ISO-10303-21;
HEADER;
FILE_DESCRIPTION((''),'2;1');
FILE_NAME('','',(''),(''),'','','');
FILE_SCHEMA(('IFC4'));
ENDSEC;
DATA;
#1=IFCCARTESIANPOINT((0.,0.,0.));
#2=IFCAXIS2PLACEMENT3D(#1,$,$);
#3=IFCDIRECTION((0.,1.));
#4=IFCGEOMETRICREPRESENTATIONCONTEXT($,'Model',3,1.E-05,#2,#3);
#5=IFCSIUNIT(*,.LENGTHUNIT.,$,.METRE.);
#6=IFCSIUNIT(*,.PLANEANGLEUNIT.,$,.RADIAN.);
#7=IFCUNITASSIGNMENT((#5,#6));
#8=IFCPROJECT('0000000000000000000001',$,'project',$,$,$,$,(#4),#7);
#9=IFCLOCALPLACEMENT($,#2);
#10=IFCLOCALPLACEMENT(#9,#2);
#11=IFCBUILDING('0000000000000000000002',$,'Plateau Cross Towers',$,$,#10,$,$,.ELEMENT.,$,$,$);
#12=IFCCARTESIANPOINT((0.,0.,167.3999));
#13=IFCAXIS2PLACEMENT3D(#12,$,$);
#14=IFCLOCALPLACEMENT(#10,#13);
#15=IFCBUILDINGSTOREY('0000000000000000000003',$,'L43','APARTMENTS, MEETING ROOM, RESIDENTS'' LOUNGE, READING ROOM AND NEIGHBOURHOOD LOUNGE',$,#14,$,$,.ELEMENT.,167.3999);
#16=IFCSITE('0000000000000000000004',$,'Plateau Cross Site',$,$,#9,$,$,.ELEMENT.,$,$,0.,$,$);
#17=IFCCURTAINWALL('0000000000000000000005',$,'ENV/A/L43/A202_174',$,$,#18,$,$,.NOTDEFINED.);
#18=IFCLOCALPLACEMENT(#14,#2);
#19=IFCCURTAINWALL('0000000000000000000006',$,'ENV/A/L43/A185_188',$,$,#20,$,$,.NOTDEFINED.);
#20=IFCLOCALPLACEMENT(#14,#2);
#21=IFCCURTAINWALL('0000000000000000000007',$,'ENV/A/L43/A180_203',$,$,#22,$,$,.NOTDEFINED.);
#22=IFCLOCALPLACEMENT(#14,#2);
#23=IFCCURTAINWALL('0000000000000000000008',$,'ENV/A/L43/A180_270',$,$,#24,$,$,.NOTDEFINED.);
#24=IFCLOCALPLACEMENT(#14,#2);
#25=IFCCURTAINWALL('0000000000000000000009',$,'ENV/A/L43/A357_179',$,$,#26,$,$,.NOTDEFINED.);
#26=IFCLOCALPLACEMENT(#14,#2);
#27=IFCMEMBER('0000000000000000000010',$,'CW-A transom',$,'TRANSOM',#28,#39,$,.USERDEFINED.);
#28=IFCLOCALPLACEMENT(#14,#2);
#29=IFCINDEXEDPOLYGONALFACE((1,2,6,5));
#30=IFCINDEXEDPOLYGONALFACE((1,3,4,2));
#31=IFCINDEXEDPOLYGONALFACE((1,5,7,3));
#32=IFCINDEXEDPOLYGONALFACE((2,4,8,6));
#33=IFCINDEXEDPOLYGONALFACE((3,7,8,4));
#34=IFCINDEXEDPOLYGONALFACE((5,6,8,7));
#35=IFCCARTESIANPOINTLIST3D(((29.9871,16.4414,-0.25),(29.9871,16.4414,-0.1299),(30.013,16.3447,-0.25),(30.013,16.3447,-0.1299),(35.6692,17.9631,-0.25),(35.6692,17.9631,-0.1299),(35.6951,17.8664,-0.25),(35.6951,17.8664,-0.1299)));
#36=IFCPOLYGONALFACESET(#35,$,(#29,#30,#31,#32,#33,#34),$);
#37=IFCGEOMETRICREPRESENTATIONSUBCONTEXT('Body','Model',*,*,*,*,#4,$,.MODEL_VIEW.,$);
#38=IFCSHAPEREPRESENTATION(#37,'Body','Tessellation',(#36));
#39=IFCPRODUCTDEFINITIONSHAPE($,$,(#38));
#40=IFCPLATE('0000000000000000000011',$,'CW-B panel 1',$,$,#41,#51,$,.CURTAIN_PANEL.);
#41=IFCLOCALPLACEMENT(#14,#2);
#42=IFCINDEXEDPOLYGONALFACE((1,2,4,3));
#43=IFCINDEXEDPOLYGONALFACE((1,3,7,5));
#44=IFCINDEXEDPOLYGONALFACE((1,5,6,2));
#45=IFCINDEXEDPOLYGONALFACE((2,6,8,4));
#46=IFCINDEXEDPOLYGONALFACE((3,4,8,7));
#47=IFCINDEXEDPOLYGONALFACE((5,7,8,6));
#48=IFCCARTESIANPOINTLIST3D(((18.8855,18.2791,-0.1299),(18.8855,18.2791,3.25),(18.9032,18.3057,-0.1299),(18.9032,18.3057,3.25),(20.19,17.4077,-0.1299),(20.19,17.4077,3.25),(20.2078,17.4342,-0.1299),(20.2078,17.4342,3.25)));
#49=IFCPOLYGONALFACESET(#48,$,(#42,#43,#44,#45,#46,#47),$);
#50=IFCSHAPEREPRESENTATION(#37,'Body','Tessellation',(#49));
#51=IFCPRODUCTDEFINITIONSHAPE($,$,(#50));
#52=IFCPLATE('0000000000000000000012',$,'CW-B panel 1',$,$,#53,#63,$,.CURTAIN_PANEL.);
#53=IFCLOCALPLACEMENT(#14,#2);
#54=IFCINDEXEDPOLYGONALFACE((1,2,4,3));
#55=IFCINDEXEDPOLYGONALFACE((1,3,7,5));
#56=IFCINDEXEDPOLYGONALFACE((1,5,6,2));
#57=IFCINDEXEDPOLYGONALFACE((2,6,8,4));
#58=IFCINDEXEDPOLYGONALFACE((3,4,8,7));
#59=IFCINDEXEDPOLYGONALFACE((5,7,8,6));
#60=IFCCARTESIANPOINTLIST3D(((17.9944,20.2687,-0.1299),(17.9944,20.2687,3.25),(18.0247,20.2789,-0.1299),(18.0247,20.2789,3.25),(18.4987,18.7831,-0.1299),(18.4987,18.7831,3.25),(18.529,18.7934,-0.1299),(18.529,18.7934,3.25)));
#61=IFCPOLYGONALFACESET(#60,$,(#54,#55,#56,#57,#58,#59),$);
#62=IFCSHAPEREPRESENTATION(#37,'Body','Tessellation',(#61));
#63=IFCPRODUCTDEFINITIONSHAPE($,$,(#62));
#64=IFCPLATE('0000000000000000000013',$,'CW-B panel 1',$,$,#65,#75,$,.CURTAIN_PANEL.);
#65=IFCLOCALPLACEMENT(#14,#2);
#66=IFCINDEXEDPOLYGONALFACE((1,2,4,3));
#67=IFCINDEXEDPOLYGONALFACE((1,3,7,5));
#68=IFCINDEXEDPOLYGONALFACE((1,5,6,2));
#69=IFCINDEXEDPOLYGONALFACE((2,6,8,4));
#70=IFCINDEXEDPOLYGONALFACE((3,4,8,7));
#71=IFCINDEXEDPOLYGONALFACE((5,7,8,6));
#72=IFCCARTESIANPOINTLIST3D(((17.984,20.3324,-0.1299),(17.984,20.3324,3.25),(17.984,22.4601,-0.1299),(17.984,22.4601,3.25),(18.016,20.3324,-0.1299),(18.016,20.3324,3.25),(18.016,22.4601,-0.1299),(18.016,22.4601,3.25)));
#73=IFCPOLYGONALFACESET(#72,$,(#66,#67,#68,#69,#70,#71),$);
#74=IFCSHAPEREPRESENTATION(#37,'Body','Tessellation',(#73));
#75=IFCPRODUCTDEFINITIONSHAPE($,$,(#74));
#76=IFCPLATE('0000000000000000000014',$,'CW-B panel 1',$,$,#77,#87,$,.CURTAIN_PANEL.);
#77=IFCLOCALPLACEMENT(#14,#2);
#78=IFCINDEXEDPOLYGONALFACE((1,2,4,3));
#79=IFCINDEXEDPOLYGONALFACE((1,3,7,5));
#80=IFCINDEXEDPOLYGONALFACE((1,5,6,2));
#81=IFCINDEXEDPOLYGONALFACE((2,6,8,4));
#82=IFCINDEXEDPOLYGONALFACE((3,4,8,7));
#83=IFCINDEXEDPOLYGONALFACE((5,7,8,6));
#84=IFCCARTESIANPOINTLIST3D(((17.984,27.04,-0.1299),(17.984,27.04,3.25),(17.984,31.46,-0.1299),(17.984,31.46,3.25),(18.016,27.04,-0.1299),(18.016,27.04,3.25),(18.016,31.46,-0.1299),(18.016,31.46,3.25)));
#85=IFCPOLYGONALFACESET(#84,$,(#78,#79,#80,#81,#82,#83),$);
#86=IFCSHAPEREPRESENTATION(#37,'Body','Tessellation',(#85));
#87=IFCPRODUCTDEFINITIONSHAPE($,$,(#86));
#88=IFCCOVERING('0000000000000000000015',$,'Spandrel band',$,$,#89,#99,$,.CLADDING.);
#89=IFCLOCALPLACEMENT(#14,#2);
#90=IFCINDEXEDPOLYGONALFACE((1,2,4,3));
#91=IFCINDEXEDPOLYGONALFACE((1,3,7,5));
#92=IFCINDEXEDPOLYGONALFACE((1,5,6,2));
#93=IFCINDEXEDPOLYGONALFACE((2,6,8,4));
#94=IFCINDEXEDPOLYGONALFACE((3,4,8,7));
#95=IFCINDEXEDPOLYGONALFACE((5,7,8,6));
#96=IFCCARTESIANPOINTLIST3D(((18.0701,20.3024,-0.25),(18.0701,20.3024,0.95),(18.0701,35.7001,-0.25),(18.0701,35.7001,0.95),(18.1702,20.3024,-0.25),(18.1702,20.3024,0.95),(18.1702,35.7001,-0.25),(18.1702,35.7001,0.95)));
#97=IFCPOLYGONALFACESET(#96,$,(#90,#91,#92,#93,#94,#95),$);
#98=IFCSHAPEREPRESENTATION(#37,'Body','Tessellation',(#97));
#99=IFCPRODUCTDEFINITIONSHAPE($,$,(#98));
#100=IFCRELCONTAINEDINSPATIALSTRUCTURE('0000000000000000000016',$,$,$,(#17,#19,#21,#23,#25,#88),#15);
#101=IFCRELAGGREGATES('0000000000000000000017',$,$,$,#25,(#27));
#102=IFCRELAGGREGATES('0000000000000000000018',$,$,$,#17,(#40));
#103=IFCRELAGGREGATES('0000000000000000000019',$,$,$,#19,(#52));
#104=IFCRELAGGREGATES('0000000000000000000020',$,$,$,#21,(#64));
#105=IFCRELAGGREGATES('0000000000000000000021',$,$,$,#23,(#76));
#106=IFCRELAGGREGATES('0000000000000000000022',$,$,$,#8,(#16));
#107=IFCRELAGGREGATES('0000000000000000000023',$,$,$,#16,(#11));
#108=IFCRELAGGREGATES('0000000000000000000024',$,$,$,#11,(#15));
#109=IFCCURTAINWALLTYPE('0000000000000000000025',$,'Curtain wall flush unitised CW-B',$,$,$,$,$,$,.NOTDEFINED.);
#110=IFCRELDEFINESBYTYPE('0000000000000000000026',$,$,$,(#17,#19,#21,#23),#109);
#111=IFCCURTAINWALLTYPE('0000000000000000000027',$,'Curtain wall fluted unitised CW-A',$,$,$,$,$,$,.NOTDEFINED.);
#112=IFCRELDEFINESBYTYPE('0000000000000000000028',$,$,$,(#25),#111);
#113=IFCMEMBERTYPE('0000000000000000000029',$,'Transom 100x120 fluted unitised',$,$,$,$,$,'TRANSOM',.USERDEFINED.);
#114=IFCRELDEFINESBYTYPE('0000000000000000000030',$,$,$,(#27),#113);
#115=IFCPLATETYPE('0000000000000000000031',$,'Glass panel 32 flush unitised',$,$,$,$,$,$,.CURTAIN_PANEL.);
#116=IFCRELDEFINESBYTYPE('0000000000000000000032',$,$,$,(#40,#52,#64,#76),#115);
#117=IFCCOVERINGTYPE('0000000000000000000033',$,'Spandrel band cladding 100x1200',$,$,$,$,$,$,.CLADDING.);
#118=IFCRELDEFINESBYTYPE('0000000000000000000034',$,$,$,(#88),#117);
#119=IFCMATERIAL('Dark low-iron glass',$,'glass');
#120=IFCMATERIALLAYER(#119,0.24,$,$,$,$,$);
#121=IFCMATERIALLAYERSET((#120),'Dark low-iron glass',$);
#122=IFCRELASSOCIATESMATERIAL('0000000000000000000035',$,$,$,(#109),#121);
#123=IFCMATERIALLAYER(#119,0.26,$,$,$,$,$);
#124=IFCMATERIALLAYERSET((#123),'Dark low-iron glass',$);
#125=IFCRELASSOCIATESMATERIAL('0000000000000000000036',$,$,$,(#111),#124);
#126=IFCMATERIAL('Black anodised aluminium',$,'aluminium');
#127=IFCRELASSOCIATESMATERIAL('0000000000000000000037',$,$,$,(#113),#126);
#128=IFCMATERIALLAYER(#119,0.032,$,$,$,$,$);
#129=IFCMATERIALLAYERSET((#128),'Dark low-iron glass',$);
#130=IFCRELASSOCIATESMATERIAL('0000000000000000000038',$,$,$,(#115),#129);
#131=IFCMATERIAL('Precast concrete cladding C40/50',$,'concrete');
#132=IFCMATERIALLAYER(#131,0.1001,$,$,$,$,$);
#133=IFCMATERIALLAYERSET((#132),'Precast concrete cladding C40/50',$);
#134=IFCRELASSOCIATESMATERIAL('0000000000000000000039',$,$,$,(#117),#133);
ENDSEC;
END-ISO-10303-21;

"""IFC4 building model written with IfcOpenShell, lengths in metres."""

from ifc_helpers import new_model, si_unit, direction, frame, origin, origin_2d, place, context, subcontext, project, spatial, rectangle, extrude, material, layer, layer_set, material_profile, profile_set, type_object, element, aggregate, save


model = new_model("IFC4")

# Units and contexts
model_context = context("Model", 3, precision=1e-05, world=origin(), true_north=direction((0.0, 1.0)))
body_context = subcontext(model_context, "Body", "Model", "MODEL_VIEW")
ifc_project = project(units=[si_unit("LENGTHUNIT", "METRE"), si_unit("PLANEANGLEUNIT", "RADIAN")], contexts=[model_context])

# Site, building, storey
site_placement = place(None, origin())
site = spatial("IfcSite", under=ifc_project, at=site_placement, Name="Plateau Cross Site", CompositionType="ELEMENT", RefElevation=0.0)
building_placement = place(site_placement, origin())
building = spatial("IfcBuilding", under=site, at=building_placement, Name="Plateau Cross Towers", CompositionType="ELEMENT")
storey_placement = place(building_placement, frame((0.0, 0.0, 167.3999)))
storey = spatial("IfcBuildingStorey", under=building, at=storey_placement, Name="L43", Description="APARTMENTS, MEETING ROOM, RESIDENTS' LOUNGE, READING ROOM AND NEIGHBOURHOOD LOUNGE", CompositionType="ELEMENT", Elevation=167.3999)

# Curtain wall
ifc_material_1 = material(Name="Dark low-iron glass", Category="glass")
ifc_layer_1 = layer(ifc_material_1, 0.24)
ifc_layer_set_1 = layer_set([ifc_layer_1], Name="Dark low-iron glass")
curtain_wall_type_1 = type_object("IfcCurtainWallType", Name="Curtain wall flush unitised CW-B", PredefinedType="NOTDEFINED", material=ifc_layer_set_1)
curtain_wall_1_placement = place(storey_placement, origin())
curtain_wall_1 = element("IfcCurtainWall", 1, at=curtain_wall_1_placement, inside=storey, type_object=curtain_wall_type_1, Name="ENV/A/L43/A202_174", PredefinedType="NOTDEFINED")
ifc_material_2 = material(Name="Black anodised aluminium", Category="aluminium")

# Curtain wall
curtain_wall_2_placement = place(storey_placement, origin())
curtain_wall_2 = element("IfcCurtainWall", 2, at=curtain_wall_2_placement, inside=storey, type_object=curtain_wall_type_1, Name="ENV/A/L43/A185_188", PredefinedType="NOTDEFINED")

# Curtain walls
curtain_wall_3_placement = place(storey_placement, origin())
curtain_wall_3 = element("IfcCurtainWall", 3, at=curtain_wall_3_placement, inside=storey, type_object=curtain_wall_type_1, Name="ENV/A/L43/A180_203", PredefinedType="NOTDEFINED")
curtain_wall_4_placement = place(storey_placement, origin())
curtain_wall_4 = element("IfcCurtainWall", 4, at=curtain_wall_4_placement, inside=storey, type_object=curtain_wall_type_1, Name="ENV/A/L43/A180_270", PredefinedType="NOTDEFINED")

# Curtain wall
ifc_layer_2 = layer(ifc_material_1, 0.26)
ifc_layer_set_2 = layer_set([ifc_layer_2], Name="Dark low-iron glass")
curtain_wall_type_2 = type_object("IfcCurtainWallType", Name="Curtain wall fluted unitised CW-A", PredefinedType="NOTDEFINED", material=ifc_layer_set_2)
curtain_wall_5_placement = place(storey_placement, origin())
curtain_wall_5 = element("IfcCurtainWall", 5, at=curtain_wall_5_placement, inside=storey, type_object=curtain_wall_type_2, Name="ENV/A/L43/A357_179", PredefinedType="NOTDEFINED")

# Member
ifc_material_profile_1 = material_profile(ifc_material_2, rectangle(XDim=0.1001, YDim=0.1201, at=origin_2d()), Name="TRANSOM 100x120")
ifc_profile_set_1 = profile_set([ifc_material_profile_1], Name="Black anodised aluminium")
member_type_1 = type_object("IfcMemberType", Name="Transom 100x120 fluted unitised", ElementType="TRANSOM", PredefinedType="USERDEFINED", material=ifc_profile_set_1)
member_1_placement = place(storey_placement, frame((35.6821, 17.9148, -0.1899), z_axis=(-0.96596, -0.258693, 0.0), x_axis=(0.258693, -0.96596, 0.0)))
member_1 = element("IfcMember", 6, at=member_1_placement, type_object=member_type_1, Name="CW-A transom", ObjectType="TRANSOM", PredefinedType="USERDEFINED", context=body_context, shape_type="SweptSolid", body=[
    extrude(rectangle(XDim=0.1001, YDim=0.1201, at=origin_2d()), origin(), (0.0, 0.0, 1.0), 5.8823),
])
aggregate(curtain_wall_5, [member_1])

# Plates
ifc_layer_3 = layer(ifc_material_1, 0.032)
ifc_layer_set_3 = layer_set([ifc_layer_3], Name="Dark low-iron glass")
plate_type = type_object("IfcPlateType", Name="Glass panel 32 flush unitised", PredefinedType="CURTAIN_PANEL", material=ifc_layer_set_3)
plate_1_placement = place(storey_placement, frame((19.5466, 17.8567, -0.1299), z_axis=(0.0, 0.0, 1.0), x_axis=(-0.831521, 0.555493, 0.0)))
plate_1 = element("IfcPlate", 7, at=plate_1_placement, type_object=plate_type, Name="CW-B panel 1", PredefinedType="CURTAIN_PANEL", context=body_context, shape_type="SweptSolid", body=[
    extrude(rectangle(XDim=1.5688, YDim=0.032, at=origin_2d()), origin(), (0.0, 0.0, 1.0), 3.3799),
])
aggregate(curtain_wall_1, [plate_1])
plate_2_placement = place(storey_placement, frame((18.2617, 19.531, -0.1299), z_axis=(0.0, 0.0, 1.0), x_axis=(-0.321469, 0.94692, 0.0)))
plate_2 = element("IfcPlate", 8, at=plate_2_placement, type_object=plate_type, Name="CW-B panel 1", PredefinedType="CURTAIN_PANEL", context=body_context, shape_type="SweptSolid", body=[
    extrude(rectangle(XDim=1.5688, YDim=0.032, at=origin_2d()), origin(), (0.0, 0.0, 1.0), 3.3799),
])
aggregate(curtain_wall_2, [plate_2])
plate_3_placement = place(storey_placement, frame((18.0, 21.3962, -0.1299), z_axis=(0.0, 0.0, 1.0), x_axis=(0.0, 1.0, 0.0)))
plate_3 = element("IfcPlate", 9, at=plate_3_placement, type_object=plate_type, Name="CW-B panel 1", PredefinedType="CURTAIN_PANEL", context=body_context, shape_type="SweptSolid", body=[
    extrude(rectangle(XDim=2.1277, YDim=0.032, at=origin_2d()), origin(), (0.0, 0.0, 1.0), 3.3799),
])
aggregate(curtain_wall_3, [plate_3])
plate_4_placement = place(storey_placement, frame((18.0, 29.25, -0.1299), z_axis=(0.0, 0.0, 1.0), x_axis=(0.0, 1.0, 0.0)))
plate_4 = element("IfcPlate", 10, at=plate_4_placement, type_object=plate_type, Name="CW-B panel 1", PredefinedType="CURTAIN_PANEL", context=body_context, shape_type="SweptSolid", body=[
    extrude(rectangle(XDim=4.4199, YDim=0.032, at=origin_2d()), origin(), (0.0, 0.0, 1.0), 3.3799),
])
aggregate(curtain_wall_4, [plate_4])

# Covering
ifc_material_3 = material(Name="Precast concrete cladding C40/50", Category="concrete")
ifc_layer_4 = layer(ifc_material_3, 0.1001)
ifc_layer_set_4 = layer_set([ifc_layer_4], Name="Precast concrete cladding C40/50")
covering_type = type_object("IfcCoveringType", Name="Spandrel band cladding 100x1200", PredefinedType="CLADDING", material=ifc_layer_set_4)
covering_placement = place(storey_placement, frame((18.1201, 28.0012, -0.25), z_axis=(0.0, 0.0, 1.0), x_axis=(0.0, 1.0, 0.0)))
element("IfcCovering", 11, at=covering_placement, inside=storey, type_object=covering_type, Name="Spandrel band", PredefinedType="CLADDING", context=body_context, shape_type="SweptSolid", body=[
    extrude(rectangle(XDim=15.3977, YDim=0.1001, at=origin_2d()), origin(), (0.0, 0.0, 1.0), 1.2),
])

save(model, "model.ifc")
